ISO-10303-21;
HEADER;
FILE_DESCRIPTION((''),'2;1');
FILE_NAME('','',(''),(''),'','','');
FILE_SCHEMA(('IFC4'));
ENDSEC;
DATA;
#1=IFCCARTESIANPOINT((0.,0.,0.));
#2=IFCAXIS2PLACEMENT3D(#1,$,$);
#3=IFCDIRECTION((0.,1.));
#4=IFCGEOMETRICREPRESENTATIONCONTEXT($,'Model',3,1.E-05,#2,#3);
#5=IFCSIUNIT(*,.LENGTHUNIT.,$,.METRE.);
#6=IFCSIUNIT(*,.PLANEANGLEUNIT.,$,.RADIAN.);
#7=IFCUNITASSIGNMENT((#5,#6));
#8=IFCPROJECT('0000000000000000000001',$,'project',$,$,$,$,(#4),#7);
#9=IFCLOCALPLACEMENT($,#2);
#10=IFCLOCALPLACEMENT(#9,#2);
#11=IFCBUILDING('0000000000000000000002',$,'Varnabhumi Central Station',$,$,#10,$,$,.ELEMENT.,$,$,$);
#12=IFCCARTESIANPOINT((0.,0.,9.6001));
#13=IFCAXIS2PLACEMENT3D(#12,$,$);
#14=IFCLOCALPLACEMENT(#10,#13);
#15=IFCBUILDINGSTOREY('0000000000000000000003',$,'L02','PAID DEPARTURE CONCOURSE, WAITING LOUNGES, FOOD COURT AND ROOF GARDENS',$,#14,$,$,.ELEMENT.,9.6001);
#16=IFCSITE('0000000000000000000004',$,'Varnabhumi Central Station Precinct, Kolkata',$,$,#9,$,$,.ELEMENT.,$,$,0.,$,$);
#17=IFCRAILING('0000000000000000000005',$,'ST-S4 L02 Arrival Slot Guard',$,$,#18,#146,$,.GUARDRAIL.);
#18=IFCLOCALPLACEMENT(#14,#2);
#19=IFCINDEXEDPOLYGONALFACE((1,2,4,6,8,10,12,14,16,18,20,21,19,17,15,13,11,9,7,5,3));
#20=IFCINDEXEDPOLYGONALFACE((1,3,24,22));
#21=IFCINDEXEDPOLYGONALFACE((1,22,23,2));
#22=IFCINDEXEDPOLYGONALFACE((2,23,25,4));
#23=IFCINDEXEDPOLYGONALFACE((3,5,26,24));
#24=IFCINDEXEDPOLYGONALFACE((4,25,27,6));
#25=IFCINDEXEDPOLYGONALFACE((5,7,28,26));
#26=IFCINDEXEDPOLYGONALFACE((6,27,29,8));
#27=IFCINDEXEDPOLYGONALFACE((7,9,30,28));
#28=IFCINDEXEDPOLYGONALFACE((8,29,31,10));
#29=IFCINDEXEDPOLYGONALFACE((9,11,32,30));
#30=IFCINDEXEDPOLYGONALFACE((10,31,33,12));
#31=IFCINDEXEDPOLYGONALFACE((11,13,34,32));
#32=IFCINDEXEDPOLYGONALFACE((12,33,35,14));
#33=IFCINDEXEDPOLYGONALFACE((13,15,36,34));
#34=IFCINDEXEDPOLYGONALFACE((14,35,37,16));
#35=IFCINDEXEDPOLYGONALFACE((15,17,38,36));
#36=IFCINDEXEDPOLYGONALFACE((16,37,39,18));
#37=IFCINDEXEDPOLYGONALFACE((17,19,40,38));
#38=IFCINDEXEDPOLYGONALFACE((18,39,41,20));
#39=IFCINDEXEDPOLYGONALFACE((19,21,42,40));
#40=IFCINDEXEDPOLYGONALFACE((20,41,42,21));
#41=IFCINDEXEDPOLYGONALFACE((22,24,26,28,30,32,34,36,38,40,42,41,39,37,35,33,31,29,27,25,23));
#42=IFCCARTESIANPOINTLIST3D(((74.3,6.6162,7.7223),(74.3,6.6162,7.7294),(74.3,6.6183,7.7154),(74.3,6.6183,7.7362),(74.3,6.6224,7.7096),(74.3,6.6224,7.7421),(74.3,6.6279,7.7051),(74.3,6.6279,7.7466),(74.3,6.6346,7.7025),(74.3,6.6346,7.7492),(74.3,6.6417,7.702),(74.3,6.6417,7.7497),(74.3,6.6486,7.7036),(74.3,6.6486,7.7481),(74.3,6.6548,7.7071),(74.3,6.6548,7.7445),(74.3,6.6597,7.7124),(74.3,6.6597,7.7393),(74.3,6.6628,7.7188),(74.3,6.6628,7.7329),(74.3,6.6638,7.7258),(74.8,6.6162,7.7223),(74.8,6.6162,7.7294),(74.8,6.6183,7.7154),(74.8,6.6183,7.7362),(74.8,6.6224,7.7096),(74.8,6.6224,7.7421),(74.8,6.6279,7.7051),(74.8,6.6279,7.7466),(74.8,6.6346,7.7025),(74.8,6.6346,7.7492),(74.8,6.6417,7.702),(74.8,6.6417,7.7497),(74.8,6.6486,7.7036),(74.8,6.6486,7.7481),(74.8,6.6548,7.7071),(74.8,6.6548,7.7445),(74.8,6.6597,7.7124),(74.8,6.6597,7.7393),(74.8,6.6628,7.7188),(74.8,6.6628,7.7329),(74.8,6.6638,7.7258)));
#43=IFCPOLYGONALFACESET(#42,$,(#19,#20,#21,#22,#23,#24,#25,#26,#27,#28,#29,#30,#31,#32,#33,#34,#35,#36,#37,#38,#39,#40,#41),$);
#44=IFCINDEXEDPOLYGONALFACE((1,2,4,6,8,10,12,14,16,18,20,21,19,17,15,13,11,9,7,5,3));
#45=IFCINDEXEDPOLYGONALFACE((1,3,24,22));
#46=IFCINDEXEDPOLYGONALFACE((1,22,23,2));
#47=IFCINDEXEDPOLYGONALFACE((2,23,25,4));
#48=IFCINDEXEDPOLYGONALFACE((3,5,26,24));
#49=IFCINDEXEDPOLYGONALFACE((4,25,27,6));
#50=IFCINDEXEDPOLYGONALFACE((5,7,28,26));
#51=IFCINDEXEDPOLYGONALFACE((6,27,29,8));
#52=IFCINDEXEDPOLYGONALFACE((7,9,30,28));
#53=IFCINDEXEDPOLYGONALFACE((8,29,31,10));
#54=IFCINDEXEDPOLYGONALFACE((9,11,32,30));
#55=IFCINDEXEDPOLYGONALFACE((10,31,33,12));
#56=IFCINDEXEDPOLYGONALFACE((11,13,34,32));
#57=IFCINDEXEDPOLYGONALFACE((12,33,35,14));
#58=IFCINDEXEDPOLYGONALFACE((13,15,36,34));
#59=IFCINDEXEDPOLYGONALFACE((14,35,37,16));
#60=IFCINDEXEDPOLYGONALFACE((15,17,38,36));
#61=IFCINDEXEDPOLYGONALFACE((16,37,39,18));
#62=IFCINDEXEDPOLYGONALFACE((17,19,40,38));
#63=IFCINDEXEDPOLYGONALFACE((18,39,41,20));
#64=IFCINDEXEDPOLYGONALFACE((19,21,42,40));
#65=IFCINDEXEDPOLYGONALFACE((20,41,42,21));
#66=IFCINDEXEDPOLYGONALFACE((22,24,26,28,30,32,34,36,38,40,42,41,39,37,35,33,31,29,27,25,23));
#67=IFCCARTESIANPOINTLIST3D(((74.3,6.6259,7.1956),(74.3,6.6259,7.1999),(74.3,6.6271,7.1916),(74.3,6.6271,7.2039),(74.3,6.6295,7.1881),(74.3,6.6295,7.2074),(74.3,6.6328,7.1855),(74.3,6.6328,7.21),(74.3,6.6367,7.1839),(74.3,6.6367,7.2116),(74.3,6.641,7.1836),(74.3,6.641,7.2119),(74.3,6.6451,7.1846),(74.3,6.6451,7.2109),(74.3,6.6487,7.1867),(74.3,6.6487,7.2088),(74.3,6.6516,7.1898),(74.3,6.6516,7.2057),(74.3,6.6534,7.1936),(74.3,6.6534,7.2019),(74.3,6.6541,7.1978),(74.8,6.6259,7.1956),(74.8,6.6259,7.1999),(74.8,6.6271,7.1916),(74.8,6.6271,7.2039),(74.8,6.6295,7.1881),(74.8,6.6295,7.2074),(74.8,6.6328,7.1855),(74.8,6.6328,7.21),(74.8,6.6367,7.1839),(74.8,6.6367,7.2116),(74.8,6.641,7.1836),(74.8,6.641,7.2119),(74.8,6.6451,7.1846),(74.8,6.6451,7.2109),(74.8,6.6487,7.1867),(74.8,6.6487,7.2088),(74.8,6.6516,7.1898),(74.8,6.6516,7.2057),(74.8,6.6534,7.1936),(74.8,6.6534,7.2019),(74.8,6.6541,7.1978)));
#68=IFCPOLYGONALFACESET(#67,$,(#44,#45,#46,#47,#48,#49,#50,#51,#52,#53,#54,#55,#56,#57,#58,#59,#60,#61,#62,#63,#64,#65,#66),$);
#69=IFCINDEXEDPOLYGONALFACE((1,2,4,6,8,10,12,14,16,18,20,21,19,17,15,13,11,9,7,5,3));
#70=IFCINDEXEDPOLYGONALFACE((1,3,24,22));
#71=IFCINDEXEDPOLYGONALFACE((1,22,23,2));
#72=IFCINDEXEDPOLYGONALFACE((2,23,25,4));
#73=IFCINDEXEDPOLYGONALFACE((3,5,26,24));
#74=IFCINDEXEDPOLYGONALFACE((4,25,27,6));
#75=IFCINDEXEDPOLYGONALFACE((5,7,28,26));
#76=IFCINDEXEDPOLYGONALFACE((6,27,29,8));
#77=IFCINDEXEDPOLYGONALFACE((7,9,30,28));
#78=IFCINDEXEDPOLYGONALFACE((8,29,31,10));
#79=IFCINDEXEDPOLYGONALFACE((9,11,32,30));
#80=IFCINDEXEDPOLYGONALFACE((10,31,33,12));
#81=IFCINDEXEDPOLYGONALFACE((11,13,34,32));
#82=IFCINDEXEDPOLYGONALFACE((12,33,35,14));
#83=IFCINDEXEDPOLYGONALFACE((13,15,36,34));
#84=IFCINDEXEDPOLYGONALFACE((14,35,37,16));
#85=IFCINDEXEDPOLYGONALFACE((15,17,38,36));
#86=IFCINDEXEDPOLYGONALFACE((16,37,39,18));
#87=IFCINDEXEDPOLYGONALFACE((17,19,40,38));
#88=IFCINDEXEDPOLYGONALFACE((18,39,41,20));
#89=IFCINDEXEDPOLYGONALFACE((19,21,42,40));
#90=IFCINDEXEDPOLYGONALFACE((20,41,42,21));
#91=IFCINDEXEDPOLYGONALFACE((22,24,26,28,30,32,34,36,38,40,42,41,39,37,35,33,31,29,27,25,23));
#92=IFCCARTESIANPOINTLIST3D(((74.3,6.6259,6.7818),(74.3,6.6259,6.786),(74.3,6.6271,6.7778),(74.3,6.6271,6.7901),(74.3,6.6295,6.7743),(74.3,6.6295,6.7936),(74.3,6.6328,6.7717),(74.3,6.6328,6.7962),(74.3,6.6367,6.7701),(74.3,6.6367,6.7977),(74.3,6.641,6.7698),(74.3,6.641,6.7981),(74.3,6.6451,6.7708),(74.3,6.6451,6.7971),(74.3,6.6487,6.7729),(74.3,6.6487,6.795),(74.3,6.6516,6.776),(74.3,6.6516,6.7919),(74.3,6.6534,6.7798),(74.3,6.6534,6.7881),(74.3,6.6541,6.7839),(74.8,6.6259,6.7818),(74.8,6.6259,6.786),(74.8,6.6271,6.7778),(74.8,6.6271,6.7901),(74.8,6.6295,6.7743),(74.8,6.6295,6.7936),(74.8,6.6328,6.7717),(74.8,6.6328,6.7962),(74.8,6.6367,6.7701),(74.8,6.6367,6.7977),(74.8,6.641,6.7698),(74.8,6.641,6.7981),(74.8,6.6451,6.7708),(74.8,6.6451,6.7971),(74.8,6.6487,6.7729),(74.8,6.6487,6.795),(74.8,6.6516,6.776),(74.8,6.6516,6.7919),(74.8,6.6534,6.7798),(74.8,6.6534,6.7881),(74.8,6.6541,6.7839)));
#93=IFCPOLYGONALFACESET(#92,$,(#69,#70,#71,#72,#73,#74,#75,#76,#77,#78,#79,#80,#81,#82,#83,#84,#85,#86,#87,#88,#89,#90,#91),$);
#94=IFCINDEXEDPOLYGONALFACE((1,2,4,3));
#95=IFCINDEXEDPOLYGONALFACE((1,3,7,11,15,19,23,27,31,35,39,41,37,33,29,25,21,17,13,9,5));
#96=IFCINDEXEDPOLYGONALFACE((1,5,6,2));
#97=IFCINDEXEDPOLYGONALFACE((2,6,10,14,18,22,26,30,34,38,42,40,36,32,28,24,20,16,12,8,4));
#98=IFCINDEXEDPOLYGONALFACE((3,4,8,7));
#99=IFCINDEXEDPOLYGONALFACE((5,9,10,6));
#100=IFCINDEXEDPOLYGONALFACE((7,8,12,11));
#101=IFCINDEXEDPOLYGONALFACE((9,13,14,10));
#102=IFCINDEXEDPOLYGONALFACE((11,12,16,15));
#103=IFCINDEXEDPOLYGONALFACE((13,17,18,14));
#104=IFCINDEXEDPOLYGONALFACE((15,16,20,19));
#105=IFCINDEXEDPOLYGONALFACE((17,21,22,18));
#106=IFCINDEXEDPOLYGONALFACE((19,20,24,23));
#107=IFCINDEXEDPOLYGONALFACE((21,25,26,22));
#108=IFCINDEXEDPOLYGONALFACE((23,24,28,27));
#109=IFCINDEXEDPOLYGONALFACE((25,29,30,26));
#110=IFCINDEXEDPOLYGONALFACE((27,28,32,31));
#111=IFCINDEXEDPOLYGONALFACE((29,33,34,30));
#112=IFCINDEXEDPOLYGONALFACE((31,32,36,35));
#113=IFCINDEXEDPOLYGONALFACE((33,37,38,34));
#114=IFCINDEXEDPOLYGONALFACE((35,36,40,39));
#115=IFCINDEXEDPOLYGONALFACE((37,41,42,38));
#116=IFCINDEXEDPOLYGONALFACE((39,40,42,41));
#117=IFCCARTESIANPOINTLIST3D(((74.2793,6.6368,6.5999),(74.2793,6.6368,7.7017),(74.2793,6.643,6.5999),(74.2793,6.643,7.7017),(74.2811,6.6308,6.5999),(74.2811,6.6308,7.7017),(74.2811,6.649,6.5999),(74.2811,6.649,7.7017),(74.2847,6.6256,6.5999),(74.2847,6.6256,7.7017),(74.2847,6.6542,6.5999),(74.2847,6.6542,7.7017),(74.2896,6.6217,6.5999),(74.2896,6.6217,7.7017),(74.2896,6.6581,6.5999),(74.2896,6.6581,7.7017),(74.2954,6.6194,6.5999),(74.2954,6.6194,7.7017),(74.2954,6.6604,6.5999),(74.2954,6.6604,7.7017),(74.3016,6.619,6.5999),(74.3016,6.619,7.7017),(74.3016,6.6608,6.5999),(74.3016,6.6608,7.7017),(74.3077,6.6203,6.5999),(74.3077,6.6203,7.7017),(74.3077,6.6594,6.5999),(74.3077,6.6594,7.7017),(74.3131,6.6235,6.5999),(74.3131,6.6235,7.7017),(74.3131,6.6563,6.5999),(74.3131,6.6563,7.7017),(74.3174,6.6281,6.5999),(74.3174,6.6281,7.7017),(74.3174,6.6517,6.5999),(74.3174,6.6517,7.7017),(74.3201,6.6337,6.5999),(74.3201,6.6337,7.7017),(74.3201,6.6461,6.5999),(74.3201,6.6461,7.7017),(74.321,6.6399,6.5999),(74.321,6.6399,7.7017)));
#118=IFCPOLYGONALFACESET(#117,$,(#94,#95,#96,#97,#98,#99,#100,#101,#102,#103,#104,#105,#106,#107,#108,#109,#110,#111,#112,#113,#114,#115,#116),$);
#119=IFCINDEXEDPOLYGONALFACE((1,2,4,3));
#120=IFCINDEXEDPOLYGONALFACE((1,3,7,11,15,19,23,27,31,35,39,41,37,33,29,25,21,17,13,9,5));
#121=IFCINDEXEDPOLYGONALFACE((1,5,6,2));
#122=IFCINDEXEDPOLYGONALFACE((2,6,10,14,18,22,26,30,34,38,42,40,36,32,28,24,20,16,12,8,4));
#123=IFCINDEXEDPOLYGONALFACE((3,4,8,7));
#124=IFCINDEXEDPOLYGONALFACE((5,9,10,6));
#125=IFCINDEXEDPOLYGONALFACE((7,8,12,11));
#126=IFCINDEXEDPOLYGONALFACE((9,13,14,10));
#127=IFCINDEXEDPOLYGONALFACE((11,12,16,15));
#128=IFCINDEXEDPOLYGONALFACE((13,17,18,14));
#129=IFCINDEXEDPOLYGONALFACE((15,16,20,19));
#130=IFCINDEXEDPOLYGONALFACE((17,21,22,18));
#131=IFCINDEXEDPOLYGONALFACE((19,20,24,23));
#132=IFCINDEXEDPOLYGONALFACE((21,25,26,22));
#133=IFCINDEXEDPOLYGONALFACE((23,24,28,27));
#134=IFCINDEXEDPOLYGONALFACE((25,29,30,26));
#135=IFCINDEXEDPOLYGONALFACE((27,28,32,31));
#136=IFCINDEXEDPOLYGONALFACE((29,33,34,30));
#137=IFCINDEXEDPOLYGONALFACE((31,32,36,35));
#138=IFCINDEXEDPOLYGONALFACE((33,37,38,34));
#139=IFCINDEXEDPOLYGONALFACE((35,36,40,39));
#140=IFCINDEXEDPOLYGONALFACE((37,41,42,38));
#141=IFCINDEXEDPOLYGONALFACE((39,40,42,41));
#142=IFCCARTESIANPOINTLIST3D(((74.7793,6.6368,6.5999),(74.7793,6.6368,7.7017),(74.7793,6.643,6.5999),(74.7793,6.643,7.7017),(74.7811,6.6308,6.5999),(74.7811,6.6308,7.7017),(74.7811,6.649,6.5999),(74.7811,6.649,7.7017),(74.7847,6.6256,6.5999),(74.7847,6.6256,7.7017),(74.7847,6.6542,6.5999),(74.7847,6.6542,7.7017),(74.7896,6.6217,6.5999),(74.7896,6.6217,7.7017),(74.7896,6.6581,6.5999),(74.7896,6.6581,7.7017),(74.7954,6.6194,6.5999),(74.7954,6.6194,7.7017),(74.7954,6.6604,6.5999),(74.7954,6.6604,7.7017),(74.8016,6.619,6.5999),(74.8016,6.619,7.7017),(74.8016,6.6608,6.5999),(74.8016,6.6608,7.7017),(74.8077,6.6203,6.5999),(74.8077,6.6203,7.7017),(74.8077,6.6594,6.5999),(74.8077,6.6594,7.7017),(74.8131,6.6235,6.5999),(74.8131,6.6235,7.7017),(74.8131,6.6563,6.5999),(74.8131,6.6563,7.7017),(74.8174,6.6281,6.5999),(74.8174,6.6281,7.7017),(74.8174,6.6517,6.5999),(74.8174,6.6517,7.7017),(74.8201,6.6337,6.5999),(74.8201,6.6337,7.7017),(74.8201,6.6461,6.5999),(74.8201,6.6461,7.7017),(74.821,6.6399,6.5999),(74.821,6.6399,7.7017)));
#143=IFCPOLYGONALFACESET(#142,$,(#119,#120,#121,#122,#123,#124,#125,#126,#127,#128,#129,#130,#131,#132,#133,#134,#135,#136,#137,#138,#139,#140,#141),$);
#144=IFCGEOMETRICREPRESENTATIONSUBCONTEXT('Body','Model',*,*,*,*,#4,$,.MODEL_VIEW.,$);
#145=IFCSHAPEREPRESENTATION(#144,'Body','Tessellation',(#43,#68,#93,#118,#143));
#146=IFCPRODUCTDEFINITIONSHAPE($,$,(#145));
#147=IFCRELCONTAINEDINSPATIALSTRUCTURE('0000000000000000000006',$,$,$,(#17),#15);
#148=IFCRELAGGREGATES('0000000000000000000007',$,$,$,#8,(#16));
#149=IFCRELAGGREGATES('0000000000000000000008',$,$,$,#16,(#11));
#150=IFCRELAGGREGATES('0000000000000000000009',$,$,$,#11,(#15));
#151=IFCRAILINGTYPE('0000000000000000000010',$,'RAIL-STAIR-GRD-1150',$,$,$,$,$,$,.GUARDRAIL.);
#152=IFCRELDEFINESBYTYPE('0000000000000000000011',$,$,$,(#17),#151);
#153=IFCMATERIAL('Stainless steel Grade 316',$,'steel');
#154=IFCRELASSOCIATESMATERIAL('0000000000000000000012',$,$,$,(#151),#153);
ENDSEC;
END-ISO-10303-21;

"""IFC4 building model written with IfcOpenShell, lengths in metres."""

from ifc_helpers import new_model, si_unit, direction, frame, origin, origin_2d, place, context, subcontext, project, spatial, circle, extrude, material, type_object, element, save


model = new_model("IFC4")

# Units and contexts
model_context = context("Model", 3, precision=1e-05, world=origin(), true_north=direction((0.0, 1.0)))
body_context = subcontext(model_context, "Body", "Model", "MODEL_VIEW")
ifc_project = project(units=[si_unit("LENGTHUNIT", "METRE"), si_unit("PLANEANGLEUNIT", "RADIAN")], contexts=[model_context])

# Site, building, storey
site_placement = place(None, origin())
site = spatial("IfcSite", under=ifc_project, at=site_placement, Name="Varnabhumi Central Station Precinct, Kolkata", CompositionType="ELEMENT", RefElevation=0.0)
building_placement = place(site_placement, origin())
building = spatial("IfcBuilding", under=site, at=building_placement, Name="Varnabhumi Central Station", CompositionType="ELEMENT")
storey_placement = place(building_placement, frame((0.0, 0.0, 9.6001)))
storey = spatial("IfcBuildingStorey", under=building, at=storey_placement, Name="L02", Description="PAID DEPARTURE CONCOURSE, WAITING LOUNGES, FOOD COURT AND ROOF GARDENS", CompositionType="ELEMENT", Elevation=9.6001)

# Railing
ifc_material_1 = material(Name="Stainless steel Grade 316", Category="steel")
railing_type_1 = type_object("IfcRailingType", Name="RAIL-STAIR-GRD-1150", PredefinedType="GUARDRAIL", material=ifc_material_1)
railing_1_placement = place(storey_placement, frame((74.3, 6.6399, 6.5999)))
element("IfcRailing", 1, at=railing_1_placement, inside=storey, type_object=railing_type_1, Name="ST-S4 L02 Arrival Slot Guard", PredefinedType="GUARDRAIL", context=body_context, shape_type="SweptSolid", body=[
    extrude(circle(Radius=0.0239, at=origin_2d()), frame((0.0, 0.0, 1.126), z_axis=(1.0, 0.0, 0.0), x_axis=(0.0, 1.0, 0.0)), (0.0, 0.0, 1.0), 0.5),
    extrude(circle(Radius=0.0142, at=origin_2d()), frame((0.0, 0.0, 0.5979), z_axis=(1.0, 0.0, 0.0), x_axis=(0.0, 1.0, 0.0)), (0.0, 0.0, 1.0), 0.5),
    extrude(circle(Radius=0.0142, at=origin_2d()), frame((0.0, 0.0, 0.1841), z_axis=(1.0, 0.0, 0.0), x_axis=(0.0, 1.0, 0.0)), (0.0, 0.0, 1.0), 0.5),
    extrude(circle(Radius=0.021, at=origin_2d()), origin(), (0.0, 0.0, 1.0), 1.1018),
    extrude(circle(Radius=0.021, at=origin_2d()), frame((0.5, 0.0, 0.0)), (0.0, 0.0, 1.0), 1.1018),
])

save(model, "model.ifc")
